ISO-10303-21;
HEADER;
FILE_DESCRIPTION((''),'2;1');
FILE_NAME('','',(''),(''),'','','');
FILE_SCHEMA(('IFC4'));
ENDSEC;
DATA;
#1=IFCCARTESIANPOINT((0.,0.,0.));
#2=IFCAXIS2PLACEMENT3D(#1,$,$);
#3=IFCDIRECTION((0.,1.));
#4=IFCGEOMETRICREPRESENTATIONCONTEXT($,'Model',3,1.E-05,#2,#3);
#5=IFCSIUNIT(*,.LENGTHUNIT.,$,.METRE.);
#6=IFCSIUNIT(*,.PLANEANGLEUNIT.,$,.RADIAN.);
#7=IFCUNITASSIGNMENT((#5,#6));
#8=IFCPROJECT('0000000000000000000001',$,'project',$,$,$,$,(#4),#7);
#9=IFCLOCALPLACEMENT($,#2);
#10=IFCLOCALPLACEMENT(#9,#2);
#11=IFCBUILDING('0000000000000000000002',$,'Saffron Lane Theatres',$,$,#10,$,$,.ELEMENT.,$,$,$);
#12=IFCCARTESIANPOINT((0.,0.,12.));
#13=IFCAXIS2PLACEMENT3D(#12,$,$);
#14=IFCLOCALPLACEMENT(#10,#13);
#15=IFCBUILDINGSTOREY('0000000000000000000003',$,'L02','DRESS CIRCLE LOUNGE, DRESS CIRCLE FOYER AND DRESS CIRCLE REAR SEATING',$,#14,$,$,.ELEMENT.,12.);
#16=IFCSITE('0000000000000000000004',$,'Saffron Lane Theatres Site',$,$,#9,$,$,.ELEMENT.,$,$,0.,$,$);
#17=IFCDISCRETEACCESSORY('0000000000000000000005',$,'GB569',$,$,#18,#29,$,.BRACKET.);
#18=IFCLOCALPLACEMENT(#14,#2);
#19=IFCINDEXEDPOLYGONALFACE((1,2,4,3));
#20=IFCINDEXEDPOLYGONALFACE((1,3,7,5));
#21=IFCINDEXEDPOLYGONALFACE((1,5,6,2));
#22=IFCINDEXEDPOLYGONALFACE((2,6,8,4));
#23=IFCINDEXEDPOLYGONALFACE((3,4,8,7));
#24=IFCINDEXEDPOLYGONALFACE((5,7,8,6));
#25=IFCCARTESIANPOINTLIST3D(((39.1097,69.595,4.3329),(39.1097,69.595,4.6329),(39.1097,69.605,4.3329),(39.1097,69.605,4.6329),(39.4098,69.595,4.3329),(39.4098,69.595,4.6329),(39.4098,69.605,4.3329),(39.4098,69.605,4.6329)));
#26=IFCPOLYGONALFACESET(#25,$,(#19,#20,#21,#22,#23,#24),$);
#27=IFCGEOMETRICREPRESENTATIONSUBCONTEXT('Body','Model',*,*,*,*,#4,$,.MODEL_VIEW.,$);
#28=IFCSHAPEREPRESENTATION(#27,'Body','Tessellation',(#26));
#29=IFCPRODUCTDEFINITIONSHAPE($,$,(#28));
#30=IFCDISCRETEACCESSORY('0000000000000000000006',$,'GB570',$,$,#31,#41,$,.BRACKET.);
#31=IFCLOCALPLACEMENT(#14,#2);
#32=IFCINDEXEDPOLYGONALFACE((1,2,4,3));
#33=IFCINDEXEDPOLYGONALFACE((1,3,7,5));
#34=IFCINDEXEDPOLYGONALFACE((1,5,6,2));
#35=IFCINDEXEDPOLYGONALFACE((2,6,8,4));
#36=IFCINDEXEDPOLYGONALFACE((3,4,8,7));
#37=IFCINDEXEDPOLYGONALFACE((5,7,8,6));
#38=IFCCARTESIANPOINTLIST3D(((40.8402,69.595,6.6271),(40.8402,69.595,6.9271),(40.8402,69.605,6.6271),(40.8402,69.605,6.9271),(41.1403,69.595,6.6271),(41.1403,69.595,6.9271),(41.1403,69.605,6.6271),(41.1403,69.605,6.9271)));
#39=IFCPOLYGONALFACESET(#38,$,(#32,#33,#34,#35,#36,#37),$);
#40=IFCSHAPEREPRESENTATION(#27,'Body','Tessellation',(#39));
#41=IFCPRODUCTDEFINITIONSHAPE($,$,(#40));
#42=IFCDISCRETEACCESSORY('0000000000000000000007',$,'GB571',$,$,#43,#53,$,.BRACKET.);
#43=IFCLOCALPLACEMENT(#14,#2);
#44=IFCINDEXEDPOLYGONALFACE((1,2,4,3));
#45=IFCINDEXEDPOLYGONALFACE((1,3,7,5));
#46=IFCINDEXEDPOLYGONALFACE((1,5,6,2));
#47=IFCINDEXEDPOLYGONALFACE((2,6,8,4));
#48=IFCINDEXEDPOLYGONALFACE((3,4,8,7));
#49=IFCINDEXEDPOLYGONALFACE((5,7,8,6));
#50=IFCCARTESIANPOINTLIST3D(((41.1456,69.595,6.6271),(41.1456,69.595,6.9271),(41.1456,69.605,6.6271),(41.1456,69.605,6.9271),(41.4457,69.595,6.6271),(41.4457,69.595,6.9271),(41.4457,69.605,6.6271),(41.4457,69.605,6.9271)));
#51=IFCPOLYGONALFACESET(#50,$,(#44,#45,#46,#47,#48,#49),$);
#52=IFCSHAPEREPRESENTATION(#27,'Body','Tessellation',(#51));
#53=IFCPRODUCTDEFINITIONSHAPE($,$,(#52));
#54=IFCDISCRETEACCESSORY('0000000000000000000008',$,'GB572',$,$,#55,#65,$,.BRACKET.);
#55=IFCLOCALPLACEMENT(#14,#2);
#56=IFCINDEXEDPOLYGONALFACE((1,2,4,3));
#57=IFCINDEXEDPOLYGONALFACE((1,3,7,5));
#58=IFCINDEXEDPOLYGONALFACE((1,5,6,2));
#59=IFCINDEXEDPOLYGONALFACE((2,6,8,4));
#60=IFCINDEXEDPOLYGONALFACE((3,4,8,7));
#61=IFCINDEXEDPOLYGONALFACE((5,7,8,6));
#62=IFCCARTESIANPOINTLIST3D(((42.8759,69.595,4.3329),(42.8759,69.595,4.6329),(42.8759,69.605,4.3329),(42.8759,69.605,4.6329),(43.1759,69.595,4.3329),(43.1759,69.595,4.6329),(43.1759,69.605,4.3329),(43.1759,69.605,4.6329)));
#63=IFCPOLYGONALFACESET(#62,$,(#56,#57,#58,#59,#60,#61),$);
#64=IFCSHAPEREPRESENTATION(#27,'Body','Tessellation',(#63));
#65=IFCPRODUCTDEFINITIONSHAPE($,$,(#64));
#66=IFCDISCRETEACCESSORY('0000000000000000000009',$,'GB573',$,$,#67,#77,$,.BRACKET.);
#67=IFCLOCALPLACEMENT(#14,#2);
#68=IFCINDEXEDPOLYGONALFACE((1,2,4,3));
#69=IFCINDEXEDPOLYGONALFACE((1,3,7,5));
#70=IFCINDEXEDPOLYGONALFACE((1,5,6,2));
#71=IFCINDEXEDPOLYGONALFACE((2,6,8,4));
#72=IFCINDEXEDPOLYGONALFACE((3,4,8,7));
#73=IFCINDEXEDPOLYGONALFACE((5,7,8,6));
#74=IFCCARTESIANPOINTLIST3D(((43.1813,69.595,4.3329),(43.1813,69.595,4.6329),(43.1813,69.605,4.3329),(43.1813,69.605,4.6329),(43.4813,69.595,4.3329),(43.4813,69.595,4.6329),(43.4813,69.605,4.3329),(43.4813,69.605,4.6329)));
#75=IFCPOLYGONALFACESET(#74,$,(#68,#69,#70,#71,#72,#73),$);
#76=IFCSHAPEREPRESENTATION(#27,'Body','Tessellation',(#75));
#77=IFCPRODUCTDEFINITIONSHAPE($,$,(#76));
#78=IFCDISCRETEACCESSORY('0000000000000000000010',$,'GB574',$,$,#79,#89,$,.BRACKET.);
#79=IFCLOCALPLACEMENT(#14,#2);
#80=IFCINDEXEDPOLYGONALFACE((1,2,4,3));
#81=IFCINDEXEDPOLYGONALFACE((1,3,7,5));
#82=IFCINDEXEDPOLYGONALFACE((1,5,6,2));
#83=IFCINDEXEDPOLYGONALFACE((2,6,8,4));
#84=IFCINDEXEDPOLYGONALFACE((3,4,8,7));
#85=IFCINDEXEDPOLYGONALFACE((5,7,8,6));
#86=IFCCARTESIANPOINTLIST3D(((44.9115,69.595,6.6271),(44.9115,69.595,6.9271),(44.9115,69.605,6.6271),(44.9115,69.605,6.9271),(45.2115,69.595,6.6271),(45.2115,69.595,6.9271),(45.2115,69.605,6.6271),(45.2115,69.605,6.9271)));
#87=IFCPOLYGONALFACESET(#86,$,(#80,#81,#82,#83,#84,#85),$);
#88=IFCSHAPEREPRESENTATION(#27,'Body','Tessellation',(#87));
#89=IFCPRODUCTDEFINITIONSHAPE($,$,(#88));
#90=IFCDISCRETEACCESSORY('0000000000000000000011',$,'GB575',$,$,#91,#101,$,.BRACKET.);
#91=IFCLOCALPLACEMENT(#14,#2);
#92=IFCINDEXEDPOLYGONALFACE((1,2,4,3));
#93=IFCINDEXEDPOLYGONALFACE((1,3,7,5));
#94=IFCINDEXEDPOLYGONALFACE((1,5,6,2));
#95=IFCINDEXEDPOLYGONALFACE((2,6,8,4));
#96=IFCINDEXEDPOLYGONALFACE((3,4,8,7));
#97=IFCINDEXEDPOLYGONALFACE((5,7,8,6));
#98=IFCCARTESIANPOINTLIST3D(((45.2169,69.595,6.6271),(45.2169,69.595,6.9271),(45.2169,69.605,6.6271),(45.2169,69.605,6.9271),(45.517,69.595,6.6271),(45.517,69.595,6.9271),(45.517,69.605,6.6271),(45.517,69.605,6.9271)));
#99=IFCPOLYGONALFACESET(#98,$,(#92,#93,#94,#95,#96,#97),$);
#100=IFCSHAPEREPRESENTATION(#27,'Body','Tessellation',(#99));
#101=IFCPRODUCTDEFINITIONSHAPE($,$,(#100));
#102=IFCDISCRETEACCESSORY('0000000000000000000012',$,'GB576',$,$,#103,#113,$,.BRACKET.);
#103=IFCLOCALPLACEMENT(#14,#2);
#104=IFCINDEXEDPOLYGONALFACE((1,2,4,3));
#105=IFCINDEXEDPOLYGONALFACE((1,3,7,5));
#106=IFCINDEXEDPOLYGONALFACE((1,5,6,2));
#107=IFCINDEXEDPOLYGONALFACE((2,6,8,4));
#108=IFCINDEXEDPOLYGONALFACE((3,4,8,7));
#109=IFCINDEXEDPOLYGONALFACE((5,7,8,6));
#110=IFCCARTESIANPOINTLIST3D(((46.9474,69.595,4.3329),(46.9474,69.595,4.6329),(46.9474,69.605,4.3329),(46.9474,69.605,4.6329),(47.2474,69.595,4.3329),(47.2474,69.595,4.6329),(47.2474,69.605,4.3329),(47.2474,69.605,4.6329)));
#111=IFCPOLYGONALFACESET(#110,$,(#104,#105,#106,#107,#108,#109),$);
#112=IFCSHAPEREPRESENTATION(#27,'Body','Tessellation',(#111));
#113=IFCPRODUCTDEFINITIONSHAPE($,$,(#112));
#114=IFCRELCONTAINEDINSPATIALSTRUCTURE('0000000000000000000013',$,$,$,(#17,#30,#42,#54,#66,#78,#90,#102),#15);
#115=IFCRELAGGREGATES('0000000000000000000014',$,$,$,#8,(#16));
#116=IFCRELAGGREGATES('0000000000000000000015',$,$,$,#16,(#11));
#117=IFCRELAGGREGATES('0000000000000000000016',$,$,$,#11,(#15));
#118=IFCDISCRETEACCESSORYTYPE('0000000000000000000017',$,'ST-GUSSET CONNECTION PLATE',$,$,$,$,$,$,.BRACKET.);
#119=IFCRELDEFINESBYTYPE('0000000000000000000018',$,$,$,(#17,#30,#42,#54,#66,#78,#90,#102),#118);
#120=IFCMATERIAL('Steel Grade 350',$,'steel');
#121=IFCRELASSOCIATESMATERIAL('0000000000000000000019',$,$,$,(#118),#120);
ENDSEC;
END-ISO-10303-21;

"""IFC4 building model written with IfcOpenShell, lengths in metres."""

from ifc_helpers import new_model, si_unit, direction, frame, origin, origin_2d, place, context, subcontext, project, spatial, rectangle, extrude, material, material_profile, profile_set, type_object, element, save


model = new_model("IFC4")

# Units and contexts
model_context = context("Model", 3, precision=1e-05, world=origin(), true_north=direction((0.0, 1.0)))
body_context = subcontext(model_context, "Body", "Model", "MODEL_VIEW")
ifc_project = project(units=[si_unit("LENGTHUNIT", "METRE"), si_unit("PLANEANGLEUNIT", "RADIAN")], contexts=[model_context])

# Site, building, storey
site_placement = place(None, origin())
site = spatial("IfcSite", under=ifc_project, at=site_placement, Name="Saffron Lane Theatres Site", CompositionType="ELEMENT", RefElevation=0.0)
building_placement = place(site_placement, origin())
building = spatial("IfcBuilding", under=site, at=building_placement, Name="Saffron Lane Theatres", CompositionType="ELEMENT")
storey_placement = place(building_placement, frame((0.0, 0.0, 12.0)))
storey = spatial("IfcBuildingStorey", under=building, at=storey_placement, Name="L02", Description="DRESS CIRCLE LOUNGE, DRESS CIRCLE FOYER AND DRESS CIRCLE REAR SEATING", CompositionType="ELEMENT", Elevation=12.0)

# Discrete accessories
ifc_material_1 = material(Name="Steel Grade 350", Category="steel")
ifc_material_profile_1 = material_profile(ifc_material_1, rectangle(XDim=0.3, YDim=0.3, at=origin_2d()))
ifc_profile_set_1 = profile_set([ifc_material_profile_1], Name="Steel Grade 350")
discrete_accessory_type = type_object("IfcDiscreteAccessoryType", Name="ST-GUSSET CONNECTION PLATE", PredefinedType="BRACKET", material=ifc_profile_set_1)
for number, where, z_axis, x_axis, name in (
    (1, (39.2598, 69.595, 4.4829), (0.0, 1.0, 0.0), (-1.0, 0.0, 0.0), "GB569"),
    (2, (40.9902, 69.595, 6.7771), (0.0, 1.0, 0.0), (-1.0, 0.0, 0.0), "GB570"),
    (3, (41.2957, 69.595, 6.7771), (0.0, 1.0, 0.0), (-1.0, 0.0, 0.0), "GB571"),
    (4, (43.0259, 69.595, 4.4829), (0.0, 1.0, 0.0), (-1.0, 0.0, 0.0), "GB572"),
    (5, (43.3313, 69.595, 4.4829), (0.0, 1.0, 0.0), (-1.0, 0.0, 0.0), "GB573"),
    (6, (45.0615, 69.595, 6.7771), (0.0, 1.0, 0.0), (-1.0, 0.0, 0.0), "GB574"),
    (7, (45.3669, 69.595, 6.7771), (0.0, 1.0, 0.0), (-1.0, 0.0, 0.0), "GB575"),
    (8, (47.0974, 69.595, 4.4829), (0.0, 1.0, 0.0), (-1.0, 0.0, 0.0), "GB576"),
):
    element("IfcDiscreteAccessory", number, at=place(storey_placement, frame(where, z_axis=z_axis, x_axis=x_axis)), inside=storey, type_object=discrete_accessory_type, Name=name, PredefinedType="BRACKET", context=body_context, shape_type="SweptSolid", body=[
        extrude(rectangle(XDim=0.3, YDim=0.3, at=origin_2d()), origin(), (0.0, 0.0, 1.0), 0.01),
    ])

save(model, "model.ifc")
